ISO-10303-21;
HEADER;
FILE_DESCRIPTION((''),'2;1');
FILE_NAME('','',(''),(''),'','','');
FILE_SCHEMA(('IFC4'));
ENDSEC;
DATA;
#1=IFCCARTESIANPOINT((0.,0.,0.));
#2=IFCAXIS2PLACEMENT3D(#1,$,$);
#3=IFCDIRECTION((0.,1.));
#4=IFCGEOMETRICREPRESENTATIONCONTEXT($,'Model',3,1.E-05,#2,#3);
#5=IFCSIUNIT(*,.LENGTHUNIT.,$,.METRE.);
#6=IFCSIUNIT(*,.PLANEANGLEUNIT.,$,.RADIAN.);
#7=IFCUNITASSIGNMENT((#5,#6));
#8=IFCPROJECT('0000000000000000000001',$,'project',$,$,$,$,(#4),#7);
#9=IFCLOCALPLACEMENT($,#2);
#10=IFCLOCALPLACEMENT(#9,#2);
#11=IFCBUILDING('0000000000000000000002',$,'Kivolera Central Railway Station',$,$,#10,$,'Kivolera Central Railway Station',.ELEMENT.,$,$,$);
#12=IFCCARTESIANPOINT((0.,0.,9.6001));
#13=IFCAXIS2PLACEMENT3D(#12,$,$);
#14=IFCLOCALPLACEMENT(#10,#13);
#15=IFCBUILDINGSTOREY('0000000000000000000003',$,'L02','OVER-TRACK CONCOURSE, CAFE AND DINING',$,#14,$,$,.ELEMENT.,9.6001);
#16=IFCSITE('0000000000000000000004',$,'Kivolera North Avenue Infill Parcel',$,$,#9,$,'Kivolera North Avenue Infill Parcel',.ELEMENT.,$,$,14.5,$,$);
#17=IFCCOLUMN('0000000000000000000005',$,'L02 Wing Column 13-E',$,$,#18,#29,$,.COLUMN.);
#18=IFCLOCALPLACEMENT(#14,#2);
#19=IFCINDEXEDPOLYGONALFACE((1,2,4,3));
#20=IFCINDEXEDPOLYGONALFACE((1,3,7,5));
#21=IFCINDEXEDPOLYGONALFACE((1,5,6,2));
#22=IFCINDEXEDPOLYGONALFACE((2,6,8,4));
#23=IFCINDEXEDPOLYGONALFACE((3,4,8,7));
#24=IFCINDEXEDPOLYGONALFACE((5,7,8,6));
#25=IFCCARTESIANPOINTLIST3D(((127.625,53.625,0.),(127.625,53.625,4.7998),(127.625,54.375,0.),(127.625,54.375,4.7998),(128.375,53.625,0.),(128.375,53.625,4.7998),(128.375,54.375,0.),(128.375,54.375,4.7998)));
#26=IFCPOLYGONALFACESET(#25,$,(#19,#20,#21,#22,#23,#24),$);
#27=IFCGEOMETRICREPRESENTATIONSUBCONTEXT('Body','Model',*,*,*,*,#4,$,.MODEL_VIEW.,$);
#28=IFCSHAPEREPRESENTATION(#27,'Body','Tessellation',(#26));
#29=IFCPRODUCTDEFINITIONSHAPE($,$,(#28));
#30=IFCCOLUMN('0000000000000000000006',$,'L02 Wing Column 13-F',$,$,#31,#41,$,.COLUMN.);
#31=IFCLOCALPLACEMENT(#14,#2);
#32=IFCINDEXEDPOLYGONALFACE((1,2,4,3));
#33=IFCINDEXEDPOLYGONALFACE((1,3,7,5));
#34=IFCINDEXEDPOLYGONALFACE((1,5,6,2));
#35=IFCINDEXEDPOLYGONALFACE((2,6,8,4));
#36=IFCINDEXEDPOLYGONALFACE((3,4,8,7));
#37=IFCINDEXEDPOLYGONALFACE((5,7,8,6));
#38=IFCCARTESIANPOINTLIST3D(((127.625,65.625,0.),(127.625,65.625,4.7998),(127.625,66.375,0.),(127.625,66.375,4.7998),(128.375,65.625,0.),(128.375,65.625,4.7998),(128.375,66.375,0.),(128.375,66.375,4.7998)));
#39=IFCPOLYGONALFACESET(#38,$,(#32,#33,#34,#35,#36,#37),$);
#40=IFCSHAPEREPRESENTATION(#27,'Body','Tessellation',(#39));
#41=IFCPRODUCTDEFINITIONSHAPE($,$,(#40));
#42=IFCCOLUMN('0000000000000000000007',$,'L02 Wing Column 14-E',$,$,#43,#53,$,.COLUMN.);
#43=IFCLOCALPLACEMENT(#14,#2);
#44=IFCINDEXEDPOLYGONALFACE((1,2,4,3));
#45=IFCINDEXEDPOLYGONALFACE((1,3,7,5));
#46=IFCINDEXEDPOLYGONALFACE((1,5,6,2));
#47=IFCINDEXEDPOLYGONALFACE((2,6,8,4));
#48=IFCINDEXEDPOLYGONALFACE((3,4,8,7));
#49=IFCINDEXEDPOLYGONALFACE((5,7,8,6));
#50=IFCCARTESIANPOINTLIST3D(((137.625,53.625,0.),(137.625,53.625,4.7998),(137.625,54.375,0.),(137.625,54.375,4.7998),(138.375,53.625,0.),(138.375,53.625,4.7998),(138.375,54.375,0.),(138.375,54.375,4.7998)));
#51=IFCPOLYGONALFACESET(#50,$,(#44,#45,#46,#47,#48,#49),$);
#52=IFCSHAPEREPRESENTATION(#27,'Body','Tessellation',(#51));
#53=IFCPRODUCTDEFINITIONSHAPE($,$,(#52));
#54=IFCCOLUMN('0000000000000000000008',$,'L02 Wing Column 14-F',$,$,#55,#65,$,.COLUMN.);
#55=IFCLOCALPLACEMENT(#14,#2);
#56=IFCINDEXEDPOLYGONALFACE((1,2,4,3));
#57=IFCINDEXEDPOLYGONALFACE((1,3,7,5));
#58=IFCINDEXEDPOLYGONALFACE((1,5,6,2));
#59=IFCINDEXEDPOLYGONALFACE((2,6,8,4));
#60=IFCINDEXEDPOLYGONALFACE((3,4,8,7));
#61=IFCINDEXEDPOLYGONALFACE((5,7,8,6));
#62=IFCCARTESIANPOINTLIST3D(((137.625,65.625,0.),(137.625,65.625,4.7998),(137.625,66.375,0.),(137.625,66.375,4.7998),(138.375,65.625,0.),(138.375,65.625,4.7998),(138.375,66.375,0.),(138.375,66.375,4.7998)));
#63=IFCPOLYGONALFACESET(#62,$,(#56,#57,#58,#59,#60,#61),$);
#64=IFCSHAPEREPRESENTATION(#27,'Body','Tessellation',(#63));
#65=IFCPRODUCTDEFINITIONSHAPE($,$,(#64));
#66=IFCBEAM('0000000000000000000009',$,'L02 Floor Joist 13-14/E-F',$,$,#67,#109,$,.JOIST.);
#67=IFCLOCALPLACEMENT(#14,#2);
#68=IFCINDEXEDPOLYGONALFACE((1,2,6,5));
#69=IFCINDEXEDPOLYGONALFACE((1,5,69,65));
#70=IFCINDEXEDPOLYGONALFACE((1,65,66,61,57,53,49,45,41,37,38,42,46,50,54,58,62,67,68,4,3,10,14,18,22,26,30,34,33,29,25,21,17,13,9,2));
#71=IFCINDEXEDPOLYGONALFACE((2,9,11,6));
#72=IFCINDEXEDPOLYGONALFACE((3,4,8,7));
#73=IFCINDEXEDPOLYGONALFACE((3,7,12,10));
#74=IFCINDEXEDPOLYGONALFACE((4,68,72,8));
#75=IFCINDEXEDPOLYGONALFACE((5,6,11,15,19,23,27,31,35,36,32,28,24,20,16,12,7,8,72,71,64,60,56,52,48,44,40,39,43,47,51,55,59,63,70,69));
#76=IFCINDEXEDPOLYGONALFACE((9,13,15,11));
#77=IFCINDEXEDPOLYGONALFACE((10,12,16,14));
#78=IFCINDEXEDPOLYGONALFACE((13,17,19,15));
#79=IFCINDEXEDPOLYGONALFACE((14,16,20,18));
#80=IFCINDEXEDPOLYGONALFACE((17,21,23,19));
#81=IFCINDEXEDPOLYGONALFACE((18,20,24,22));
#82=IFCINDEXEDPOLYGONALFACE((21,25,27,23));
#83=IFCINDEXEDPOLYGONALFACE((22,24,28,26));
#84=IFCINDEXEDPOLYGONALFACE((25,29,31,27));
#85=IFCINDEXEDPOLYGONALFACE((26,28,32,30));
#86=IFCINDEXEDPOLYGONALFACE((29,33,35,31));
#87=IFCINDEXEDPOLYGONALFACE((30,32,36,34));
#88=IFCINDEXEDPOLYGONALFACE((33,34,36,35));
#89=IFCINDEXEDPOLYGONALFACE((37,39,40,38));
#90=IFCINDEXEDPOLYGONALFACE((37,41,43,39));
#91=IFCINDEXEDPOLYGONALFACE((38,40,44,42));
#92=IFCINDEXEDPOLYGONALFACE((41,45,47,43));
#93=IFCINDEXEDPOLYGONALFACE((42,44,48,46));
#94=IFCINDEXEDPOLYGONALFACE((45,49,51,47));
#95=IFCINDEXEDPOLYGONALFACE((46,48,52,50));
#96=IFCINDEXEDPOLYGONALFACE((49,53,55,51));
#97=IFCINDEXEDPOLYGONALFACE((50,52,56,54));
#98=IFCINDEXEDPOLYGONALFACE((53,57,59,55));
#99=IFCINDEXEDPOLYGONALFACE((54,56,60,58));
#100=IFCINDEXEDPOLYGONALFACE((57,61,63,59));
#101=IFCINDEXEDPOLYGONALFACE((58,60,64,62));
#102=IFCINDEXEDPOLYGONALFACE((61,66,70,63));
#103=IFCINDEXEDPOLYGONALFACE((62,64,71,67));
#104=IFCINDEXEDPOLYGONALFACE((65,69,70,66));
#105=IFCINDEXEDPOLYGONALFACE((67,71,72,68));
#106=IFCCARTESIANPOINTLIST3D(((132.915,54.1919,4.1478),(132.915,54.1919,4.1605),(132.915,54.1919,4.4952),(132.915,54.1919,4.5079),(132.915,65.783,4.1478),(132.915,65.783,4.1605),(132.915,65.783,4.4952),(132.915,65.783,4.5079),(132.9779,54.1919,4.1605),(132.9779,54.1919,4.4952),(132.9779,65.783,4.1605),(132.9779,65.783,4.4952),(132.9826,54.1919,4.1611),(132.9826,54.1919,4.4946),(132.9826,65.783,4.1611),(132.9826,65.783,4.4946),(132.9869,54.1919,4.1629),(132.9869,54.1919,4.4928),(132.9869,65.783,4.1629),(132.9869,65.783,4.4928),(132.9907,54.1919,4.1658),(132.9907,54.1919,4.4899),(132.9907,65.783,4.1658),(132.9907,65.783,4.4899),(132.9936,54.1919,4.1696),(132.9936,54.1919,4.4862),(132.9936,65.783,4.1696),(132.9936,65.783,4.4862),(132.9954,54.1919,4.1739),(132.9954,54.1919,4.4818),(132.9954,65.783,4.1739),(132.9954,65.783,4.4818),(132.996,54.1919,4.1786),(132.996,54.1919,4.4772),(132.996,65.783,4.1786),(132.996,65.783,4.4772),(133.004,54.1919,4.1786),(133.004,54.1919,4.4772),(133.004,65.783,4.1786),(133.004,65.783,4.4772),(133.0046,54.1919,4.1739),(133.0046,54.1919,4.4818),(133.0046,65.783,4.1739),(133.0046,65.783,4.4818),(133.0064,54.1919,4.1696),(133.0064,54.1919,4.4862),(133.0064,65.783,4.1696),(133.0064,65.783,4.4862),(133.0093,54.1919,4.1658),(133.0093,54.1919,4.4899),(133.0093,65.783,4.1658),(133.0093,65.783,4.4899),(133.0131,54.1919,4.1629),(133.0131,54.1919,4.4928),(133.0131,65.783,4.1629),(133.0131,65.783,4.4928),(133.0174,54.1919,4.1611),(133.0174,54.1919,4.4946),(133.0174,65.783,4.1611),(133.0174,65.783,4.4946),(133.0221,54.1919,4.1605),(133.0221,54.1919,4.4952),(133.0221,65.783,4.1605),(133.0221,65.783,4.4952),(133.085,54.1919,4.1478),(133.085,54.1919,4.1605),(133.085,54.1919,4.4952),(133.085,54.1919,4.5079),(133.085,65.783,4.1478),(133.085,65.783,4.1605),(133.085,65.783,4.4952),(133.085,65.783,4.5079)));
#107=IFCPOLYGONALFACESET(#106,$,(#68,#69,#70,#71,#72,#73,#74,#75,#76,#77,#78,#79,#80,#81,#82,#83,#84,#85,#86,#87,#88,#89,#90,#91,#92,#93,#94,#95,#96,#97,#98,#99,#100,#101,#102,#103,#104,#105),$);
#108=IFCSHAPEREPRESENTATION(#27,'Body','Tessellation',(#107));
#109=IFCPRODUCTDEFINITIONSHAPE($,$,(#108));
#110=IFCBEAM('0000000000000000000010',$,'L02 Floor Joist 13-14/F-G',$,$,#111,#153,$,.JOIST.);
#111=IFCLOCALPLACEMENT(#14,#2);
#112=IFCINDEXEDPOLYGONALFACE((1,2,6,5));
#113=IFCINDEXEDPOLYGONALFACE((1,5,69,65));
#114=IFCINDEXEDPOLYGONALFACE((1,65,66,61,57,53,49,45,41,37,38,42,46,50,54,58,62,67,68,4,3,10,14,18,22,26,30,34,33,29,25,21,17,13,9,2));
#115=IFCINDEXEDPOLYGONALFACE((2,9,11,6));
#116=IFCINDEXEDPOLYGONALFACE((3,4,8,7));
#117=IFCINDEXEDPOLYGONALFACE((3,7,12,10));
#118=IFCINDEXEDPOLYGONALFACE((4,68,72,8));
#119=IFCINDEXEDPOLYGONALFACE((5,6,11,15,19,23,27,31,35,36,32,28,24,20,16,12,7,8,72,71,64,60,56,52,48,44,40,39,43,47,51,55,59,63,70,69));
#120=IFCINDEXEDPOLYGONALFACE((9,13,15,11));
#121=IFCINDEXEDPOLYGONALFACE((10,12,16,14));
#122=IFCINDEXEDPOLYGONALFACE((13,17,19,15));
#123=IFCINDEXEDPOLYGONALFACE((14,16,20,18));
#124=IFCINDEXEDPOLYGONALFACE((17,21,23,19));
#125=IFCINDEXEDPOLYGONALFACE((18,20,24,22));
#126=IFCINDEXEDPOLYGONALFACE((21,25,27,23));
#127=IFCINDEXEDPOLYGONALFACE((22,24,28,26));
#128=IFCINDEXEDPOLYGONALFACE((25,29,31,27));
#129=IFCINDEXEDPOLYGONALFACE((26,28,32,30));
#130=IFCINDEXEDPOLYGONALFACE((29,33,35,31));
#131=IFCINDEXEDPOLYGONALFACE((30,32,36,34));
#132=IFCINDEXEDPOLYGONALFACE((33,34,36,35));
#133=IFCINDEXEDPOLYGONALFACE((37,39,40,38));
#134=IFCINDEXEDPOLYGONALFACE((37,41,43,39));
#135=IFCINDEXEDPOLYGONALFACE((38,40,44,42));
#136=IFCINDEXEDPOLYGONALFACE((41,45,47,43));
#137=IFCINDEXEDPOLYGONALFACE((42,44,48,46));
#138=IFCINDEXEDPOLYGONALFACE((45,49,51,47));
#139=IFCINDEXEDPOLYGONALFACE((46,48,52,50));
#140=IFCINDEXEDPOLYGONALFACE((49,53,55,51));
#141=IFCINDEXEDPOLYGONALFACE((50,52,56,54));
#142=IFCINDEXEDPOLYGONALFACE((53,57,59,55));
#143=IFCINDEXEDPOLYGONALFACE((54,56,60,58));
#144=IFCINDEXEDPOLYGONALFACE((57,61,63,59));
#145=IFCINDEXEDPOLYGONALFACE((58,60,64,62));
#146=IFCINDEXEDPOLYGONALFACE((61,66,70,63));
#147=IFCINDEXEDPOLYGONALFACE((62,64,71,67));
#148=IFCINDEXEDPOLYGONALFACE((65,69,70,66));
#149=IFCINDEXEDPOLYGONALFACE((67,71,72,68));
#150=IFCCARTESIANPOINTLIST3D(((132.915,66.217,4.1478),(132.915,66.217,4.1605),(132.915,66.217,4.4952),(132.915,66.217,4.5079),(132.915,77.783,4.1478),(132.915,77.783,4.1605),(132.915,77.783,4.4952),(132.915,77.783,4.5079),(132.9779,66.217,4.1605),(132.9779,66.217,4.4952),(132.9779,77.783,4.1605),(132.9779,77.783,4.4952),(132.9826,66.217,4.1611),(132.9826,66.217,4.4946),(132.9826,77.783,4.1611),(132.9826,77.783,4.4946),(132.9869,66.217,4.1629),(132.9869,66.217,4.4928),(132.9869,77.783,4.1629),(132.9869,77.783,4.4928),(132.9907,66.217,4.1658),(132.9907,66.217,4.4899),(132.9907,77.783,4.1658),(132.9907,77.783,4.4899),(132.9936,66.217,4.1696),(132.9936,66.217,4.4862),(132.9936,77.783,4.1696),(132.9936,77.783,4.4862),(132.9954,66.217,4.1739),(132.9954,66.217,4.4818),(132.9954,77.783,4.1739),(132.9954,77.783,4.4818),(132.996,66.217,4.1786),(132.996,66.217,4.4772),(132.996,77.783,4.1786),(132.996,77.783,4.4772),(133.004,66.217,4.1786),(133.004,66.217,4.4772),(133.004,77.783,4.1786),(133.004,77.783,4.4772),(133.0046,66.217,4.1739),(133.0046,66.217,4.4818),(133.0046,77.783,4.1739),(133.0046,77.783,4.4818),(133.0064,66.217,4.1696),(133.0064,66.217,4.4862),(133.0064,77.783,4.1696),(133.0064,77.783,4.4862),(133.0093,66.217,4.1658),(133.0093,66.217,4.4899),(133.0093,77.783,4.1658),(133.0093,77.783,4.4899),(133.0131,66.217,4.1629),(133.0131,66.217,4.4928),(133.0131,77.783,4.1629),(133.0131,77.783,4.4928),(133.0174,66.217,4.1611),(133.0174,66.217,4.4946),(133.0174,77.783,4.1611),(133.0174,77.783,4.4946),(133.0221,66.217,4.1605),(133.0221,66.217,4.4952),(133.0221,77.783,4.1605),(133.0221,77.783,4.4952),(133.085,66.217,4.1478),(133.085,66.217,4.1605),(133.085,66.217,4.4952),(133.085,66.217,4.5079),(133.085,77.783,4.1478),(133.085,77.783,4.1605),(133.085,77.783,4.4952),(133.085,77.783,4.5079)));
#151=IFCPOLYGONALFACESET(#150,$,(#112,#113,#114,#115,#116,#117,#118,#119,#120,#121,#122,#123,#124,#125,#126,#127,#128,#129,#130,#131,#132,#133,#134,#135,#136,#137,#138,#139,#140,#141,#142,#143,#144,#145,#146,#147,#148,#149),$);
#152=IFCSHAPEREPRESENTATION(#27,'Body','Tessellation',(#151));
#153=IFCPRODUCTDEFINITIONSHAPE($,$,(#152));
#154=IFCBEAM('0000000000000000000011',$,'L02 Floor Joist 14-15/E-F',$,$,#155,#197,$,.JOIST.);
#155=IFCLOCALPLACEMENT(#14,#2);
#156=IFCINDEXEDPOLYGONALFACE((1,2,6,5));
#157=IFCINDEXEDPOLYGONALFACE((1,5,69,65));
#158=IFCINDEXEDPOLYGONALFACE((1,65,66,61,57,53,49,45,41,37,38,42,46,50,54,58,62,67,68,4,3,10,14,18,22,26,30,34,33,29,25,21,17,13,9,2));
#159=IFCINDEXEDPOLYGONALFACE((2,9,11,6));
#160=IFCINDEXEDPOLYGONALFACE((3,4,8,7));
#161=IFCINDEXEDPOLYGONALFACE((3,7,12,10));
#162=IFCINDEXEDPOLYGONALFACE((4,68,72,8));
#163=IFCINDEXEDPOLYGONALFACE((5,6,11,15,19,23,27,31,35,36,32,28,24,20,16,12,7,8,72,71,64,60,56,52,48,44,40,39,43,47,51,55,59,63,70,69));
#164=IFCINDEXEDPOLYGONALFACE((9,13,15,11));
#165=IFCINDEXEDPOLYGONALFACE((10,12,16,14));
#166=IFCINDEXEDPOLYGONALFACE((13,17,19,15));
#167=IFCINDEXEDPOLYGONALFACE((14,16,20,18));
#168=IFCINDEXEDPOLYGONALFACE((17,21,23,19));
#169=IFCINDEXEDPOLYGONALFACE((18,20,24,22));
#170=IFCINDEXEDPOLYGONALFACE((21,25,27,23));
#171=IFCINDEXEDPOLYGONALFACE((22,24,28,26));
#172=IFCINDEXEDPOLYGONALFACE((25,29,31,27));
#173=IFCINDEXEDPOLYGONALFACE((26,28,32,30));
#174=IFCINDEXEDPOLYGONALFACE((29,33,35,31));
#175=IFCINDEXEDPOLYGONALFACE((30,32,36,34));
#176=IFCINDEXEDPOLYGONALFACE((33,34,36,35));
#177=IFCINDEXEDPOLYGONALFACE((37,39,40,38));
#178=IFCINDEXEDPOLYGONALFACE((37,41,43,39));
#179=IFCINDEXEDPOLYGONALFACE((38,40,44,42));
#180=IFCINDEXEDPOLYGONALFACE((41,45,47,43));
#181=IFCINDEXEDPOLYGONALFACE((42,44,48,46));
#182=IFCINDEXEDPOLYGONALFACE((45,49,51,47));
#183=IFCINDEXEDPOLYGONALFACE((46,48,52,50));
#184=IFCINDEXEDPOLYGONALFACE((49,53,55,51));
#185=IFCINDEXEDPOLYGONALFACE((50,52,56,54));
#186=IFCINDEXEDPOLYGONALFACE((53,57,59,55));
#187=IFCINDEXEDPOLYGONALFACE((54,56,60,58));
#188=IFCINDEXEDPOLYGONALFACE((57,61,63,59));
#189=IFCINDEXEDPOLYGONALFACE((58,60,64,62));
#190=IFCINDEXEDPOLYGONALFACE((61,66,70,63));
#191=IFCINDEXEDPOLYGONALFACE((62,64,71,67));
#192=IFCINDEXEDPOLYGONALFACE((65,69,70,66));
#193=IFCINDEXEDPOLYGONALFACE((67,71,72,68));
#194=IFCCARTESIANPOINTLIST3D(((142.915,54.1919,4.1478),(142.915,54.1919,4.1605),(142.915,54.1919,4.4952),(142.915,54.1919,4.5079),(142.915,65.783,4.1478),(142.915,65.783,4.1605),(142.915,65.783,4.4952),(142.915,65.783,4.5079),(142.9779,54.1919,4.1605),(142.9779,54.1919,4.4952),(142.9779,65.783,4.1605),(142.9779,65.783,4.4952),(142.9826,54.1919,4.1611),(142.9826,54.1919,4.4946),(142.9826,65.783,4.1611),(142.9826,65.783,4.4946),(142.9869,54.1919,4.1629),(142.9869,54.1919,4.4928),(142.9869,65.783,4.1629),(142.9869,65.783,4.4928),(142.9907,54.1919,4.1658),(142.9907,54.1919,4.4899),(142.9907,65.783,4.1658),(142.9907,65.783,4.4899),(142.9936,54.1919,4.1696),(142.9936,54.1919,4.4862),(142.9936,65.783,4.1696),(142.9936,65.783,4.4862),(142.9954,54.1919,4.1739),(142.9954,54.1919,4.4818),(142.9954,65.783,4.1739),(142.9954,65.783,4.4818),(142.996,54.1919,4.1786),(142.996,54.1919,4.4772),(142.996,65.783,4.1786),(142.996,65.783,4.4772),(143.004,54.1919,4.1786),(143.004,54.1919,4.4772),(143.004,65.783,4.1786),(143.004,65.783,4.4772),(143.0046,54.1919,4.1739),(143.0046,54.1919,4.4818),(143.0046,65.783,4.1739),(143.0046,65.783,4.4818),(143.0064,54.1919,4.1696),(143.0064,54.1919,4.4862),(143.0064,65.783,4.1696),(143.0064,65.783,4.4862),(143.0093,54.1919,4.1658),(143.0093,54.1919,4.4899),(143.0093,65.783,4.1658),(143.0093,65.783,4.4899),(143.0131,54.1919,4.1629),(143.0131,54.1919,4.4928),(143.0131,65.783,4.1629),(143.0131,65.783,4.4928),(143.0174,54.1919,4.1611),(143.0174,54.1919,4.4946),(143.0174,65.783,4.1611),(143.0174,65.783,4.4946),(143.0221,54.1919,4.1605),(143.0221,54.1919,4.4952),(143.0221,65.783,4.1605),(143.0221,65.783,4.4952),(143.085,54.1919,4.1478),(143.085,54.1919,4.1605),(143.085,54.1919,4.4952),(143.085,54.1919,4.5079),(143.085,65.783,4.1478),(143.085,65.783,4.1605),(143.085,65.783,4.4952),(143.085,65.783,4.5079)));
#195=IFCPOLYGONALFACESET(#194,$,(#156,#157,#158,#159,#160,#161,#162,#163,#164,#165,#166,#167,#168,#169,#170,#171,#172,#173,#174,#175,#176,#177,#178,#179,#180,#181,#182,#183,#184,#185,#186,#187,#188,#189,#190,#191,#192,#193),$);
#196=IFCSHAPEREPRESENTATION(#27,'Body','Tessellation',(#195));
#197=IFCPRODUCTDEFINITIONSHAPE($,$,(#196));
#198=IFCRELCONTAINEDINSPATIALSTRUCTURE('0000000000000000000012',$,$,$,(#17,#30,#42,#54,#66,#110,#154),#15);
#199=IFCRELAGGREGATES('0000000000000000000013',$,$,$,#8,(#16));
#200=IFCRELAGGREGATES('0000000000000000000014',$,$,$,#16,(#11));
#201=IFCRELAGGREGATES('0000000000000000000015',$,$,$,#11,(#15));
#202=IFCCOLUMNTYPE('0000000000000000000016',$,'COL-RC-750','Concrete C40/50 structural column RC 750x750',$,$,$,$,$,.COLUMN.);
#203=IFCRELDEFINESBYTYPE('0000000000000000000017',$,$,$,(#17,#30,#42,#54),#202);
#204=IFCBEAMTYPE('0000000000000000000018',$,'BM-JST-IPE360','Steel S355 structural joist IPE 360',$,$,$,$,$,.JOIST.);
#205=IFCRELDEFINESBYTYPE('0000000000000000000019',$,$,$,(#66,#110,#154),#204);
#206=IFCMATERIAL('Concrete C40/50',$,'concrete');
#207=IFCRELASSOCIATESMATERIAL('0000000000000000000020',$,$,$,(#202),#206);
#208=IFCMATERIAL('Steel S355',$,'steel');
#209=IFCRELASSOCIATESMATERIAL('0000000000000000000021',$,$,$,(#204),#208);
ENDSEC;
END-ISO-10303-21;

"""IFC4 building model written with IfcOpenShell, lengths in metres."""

from ifc_helpers import new_model, si_unit, direction, frame, origin, origin_2d, place, context, subcontext, project, spatial, rectangle, i_section, extrude, material, material_profile, profile_set, type_object, element, save


model = new_model("IFC4")

# Units and contexts
model_context = context("Model", 3, precision=1e-05, world=origin(), true_north=direction((0.0, 1.0)))
body_context = subcontext(model_context, "Body", "Model", "MODEL_VIEW")
ifc_project = project(units=[si_unit("LENGTHUNIT", "METRE"), si_unit("PLANEANGLEUNIT", "RADIAN")], contexts=[model_context])

# Site, building, storey
site_placement = place(None, origin())
site = spatial("IfcSite", under=ifc_project, at=site_placement, Name="Kivolera North Avenue Infill Parcel", LongName="Kivolera North Avenue Infill Parcel", CompositionType="ELEMENT", RefElevation=14.5)
building_placement = place(site_placement, origin())
building = spatial("IfcBuilding", under=site, at=building_placement, Name="Kivolera Central Railway Station", LongName="Kivolera Central Railway Station", CompositionType="ELEMENT")
storey_placement = place(building_placement, frame((0.0, 0.0, 9.6001)))
storey = spatial("IfcBuildingStorey", under=building, at=storey_placement, Name="L02", Description="OVER-TRACK CONCOURSE, CAFE AND DINING", CompositionType="ELEMENT", Elevation=9.6001)

# Columns
ifc_material_1 = material(Name="Concrete C40/50", Category="concrete")
ifc_material_profile_1 = material_profile(ifc_material_1, rectangle(XDim=0.75, YDim=0.75, at=origin_2d()), Name="RC 750x750")
ifc_profile_set_1 = profile_set([ifc_material_profile_1], Name="Concrete C40/50")
column_type = type_object("IfcColumnType", Name="COL-RC-750", Description="Concrete C40/50 structural column RC 750x750", PredefinedType="COLUMN", material=ifc_profile_set_1)
for number, where, z_axis, x_axis, name in (
    (1, (128.0, 54.0, 0.0), (0.0, 0.0, 1.0), (1.0, 0.0, 0.0), "L02 Wing Column 13-E"),
    (2, (128.0, 66.0, 0.0), (0.0, 0.0, 1.0), (1.0, 0.0, 0.0), "L02 Wing Column 13-F"),
    (3, (138.0, 54.0, 0.0), (0.0, 0.0, 1.0), (1.0, 0.0, 0.0), "L02 Wing Column 14-E"),
    (4, (138.0, 66.0, 0.0), (0.0, 0.0, 1.0), (1.0, 0.0, 0.0), "L02 Wing Column 14-F"),
):
    element("IfcColumn", number, at=place(storey_placement, frame(where, z_axis=z_axis, x_axis=x_axis)), inside=storey, type_object=column_type, Name=name, PredefinedType="COLUMN", context=body_context, shape_type="SweptSolid", body=[
        extrude(rectangle(XDim=0.75, YDim=0.75, at=origin_2d()), origin(), (0.0, 0.0, 1.0), 4.7998),
    ])

# Beams
ifc_material_2 = material(Name="Steel S355", Category="steel")
ifc_material_profile_2 = material_profile(ifc_material_2, i_section(OverallWidth=0.1699, OverallDepth=0.3601, WebThickness=0.0081, FlangeThickness=0.0127, FilletRadius=0.0181, at=origin_2d()), Name="IPE 360")
ifc_profile_set_2 = profile_set([ifc_material_profile_2], Name="Steel S355")
beam_type_1 = type_object("IfcBeamType", Name="BM-JST-IPE360", Description="Steel S355 structural joist IPE 360", PredefinedType="JOIST", material=ifc_profile_set_2)
beam_1_placement = place(storey_placement, frame((133.0, 54.1919, 4.3279), z_axis=(0.0, 1.0, 0.0), x_axis=(-1.0, 0.0, 0.0)))
element("IfcBeam", 5, at=beam_1_placement, inside=storey, type_object=beam_type_1, Name="L02 Floor Joist 13-14/E-F", PredefinedType="JOIST", context=body_context, shape_type="SweptSolid", body=[
    extrude(i_section(OverallWidth=0.1699, OverallDepth=0.3601, WebThickness=0.0081, FlangeThickness=0.0127, FilletRadius=0.0181, at=origin_2d()), origin(), (0.0, 0.0, 1.0), 11.5911),
])
beam_2_placement = place(storey_placement, frame((133.0, 66.217, 4.3279), z_axis=(0.0, 1.0, 0.0), x_axis=(-1.0, 0.0, 0.0)))
element("IfcBeam", 6, at=beam_2_placement, inside=storey, type_object=beam_type_1, Name="L02 Floor Joist 13-14/F-G", PredefinedType="JOIST", context=body_context, shape_type="SweptSolid", body=[
    extrude(i_section(OverallWidth=0.1699, OverallDepth=0.3601, WebThickness=0.0081, FlangeThickness=0.0127, FilletRadius=0.0181, at=origin_2d()), origin(), (0.0, 0.0, 1.0), 11.5659),
])
beam_3_placement = place(storey_placement, frame((143.0, 54.1919, 4.3279), z_axis=(0.0, 1.0, 0.0), x_axis=(-1.0, 0.0, 0.0)))
element("IfcBeam", 7, at=beam_3_placement, inside=storey, type_object=beam_type_1, Name="L02 Floor Joist 14-15/E-F", PredefinedType="JOIST", context=body_context, shape_type="SweptSolid", body=[
    extrude(i_section(OverallWidth=0.1699, OverallDepth=0.3601, WebThickness=0.0081, FlangeThickness=0.0127, FilletRadius=0.0181, at=origin_2d()), origin(), (0.0, 0.0, 1.0), 11.5911),
])

save(model, "model.ifc")
